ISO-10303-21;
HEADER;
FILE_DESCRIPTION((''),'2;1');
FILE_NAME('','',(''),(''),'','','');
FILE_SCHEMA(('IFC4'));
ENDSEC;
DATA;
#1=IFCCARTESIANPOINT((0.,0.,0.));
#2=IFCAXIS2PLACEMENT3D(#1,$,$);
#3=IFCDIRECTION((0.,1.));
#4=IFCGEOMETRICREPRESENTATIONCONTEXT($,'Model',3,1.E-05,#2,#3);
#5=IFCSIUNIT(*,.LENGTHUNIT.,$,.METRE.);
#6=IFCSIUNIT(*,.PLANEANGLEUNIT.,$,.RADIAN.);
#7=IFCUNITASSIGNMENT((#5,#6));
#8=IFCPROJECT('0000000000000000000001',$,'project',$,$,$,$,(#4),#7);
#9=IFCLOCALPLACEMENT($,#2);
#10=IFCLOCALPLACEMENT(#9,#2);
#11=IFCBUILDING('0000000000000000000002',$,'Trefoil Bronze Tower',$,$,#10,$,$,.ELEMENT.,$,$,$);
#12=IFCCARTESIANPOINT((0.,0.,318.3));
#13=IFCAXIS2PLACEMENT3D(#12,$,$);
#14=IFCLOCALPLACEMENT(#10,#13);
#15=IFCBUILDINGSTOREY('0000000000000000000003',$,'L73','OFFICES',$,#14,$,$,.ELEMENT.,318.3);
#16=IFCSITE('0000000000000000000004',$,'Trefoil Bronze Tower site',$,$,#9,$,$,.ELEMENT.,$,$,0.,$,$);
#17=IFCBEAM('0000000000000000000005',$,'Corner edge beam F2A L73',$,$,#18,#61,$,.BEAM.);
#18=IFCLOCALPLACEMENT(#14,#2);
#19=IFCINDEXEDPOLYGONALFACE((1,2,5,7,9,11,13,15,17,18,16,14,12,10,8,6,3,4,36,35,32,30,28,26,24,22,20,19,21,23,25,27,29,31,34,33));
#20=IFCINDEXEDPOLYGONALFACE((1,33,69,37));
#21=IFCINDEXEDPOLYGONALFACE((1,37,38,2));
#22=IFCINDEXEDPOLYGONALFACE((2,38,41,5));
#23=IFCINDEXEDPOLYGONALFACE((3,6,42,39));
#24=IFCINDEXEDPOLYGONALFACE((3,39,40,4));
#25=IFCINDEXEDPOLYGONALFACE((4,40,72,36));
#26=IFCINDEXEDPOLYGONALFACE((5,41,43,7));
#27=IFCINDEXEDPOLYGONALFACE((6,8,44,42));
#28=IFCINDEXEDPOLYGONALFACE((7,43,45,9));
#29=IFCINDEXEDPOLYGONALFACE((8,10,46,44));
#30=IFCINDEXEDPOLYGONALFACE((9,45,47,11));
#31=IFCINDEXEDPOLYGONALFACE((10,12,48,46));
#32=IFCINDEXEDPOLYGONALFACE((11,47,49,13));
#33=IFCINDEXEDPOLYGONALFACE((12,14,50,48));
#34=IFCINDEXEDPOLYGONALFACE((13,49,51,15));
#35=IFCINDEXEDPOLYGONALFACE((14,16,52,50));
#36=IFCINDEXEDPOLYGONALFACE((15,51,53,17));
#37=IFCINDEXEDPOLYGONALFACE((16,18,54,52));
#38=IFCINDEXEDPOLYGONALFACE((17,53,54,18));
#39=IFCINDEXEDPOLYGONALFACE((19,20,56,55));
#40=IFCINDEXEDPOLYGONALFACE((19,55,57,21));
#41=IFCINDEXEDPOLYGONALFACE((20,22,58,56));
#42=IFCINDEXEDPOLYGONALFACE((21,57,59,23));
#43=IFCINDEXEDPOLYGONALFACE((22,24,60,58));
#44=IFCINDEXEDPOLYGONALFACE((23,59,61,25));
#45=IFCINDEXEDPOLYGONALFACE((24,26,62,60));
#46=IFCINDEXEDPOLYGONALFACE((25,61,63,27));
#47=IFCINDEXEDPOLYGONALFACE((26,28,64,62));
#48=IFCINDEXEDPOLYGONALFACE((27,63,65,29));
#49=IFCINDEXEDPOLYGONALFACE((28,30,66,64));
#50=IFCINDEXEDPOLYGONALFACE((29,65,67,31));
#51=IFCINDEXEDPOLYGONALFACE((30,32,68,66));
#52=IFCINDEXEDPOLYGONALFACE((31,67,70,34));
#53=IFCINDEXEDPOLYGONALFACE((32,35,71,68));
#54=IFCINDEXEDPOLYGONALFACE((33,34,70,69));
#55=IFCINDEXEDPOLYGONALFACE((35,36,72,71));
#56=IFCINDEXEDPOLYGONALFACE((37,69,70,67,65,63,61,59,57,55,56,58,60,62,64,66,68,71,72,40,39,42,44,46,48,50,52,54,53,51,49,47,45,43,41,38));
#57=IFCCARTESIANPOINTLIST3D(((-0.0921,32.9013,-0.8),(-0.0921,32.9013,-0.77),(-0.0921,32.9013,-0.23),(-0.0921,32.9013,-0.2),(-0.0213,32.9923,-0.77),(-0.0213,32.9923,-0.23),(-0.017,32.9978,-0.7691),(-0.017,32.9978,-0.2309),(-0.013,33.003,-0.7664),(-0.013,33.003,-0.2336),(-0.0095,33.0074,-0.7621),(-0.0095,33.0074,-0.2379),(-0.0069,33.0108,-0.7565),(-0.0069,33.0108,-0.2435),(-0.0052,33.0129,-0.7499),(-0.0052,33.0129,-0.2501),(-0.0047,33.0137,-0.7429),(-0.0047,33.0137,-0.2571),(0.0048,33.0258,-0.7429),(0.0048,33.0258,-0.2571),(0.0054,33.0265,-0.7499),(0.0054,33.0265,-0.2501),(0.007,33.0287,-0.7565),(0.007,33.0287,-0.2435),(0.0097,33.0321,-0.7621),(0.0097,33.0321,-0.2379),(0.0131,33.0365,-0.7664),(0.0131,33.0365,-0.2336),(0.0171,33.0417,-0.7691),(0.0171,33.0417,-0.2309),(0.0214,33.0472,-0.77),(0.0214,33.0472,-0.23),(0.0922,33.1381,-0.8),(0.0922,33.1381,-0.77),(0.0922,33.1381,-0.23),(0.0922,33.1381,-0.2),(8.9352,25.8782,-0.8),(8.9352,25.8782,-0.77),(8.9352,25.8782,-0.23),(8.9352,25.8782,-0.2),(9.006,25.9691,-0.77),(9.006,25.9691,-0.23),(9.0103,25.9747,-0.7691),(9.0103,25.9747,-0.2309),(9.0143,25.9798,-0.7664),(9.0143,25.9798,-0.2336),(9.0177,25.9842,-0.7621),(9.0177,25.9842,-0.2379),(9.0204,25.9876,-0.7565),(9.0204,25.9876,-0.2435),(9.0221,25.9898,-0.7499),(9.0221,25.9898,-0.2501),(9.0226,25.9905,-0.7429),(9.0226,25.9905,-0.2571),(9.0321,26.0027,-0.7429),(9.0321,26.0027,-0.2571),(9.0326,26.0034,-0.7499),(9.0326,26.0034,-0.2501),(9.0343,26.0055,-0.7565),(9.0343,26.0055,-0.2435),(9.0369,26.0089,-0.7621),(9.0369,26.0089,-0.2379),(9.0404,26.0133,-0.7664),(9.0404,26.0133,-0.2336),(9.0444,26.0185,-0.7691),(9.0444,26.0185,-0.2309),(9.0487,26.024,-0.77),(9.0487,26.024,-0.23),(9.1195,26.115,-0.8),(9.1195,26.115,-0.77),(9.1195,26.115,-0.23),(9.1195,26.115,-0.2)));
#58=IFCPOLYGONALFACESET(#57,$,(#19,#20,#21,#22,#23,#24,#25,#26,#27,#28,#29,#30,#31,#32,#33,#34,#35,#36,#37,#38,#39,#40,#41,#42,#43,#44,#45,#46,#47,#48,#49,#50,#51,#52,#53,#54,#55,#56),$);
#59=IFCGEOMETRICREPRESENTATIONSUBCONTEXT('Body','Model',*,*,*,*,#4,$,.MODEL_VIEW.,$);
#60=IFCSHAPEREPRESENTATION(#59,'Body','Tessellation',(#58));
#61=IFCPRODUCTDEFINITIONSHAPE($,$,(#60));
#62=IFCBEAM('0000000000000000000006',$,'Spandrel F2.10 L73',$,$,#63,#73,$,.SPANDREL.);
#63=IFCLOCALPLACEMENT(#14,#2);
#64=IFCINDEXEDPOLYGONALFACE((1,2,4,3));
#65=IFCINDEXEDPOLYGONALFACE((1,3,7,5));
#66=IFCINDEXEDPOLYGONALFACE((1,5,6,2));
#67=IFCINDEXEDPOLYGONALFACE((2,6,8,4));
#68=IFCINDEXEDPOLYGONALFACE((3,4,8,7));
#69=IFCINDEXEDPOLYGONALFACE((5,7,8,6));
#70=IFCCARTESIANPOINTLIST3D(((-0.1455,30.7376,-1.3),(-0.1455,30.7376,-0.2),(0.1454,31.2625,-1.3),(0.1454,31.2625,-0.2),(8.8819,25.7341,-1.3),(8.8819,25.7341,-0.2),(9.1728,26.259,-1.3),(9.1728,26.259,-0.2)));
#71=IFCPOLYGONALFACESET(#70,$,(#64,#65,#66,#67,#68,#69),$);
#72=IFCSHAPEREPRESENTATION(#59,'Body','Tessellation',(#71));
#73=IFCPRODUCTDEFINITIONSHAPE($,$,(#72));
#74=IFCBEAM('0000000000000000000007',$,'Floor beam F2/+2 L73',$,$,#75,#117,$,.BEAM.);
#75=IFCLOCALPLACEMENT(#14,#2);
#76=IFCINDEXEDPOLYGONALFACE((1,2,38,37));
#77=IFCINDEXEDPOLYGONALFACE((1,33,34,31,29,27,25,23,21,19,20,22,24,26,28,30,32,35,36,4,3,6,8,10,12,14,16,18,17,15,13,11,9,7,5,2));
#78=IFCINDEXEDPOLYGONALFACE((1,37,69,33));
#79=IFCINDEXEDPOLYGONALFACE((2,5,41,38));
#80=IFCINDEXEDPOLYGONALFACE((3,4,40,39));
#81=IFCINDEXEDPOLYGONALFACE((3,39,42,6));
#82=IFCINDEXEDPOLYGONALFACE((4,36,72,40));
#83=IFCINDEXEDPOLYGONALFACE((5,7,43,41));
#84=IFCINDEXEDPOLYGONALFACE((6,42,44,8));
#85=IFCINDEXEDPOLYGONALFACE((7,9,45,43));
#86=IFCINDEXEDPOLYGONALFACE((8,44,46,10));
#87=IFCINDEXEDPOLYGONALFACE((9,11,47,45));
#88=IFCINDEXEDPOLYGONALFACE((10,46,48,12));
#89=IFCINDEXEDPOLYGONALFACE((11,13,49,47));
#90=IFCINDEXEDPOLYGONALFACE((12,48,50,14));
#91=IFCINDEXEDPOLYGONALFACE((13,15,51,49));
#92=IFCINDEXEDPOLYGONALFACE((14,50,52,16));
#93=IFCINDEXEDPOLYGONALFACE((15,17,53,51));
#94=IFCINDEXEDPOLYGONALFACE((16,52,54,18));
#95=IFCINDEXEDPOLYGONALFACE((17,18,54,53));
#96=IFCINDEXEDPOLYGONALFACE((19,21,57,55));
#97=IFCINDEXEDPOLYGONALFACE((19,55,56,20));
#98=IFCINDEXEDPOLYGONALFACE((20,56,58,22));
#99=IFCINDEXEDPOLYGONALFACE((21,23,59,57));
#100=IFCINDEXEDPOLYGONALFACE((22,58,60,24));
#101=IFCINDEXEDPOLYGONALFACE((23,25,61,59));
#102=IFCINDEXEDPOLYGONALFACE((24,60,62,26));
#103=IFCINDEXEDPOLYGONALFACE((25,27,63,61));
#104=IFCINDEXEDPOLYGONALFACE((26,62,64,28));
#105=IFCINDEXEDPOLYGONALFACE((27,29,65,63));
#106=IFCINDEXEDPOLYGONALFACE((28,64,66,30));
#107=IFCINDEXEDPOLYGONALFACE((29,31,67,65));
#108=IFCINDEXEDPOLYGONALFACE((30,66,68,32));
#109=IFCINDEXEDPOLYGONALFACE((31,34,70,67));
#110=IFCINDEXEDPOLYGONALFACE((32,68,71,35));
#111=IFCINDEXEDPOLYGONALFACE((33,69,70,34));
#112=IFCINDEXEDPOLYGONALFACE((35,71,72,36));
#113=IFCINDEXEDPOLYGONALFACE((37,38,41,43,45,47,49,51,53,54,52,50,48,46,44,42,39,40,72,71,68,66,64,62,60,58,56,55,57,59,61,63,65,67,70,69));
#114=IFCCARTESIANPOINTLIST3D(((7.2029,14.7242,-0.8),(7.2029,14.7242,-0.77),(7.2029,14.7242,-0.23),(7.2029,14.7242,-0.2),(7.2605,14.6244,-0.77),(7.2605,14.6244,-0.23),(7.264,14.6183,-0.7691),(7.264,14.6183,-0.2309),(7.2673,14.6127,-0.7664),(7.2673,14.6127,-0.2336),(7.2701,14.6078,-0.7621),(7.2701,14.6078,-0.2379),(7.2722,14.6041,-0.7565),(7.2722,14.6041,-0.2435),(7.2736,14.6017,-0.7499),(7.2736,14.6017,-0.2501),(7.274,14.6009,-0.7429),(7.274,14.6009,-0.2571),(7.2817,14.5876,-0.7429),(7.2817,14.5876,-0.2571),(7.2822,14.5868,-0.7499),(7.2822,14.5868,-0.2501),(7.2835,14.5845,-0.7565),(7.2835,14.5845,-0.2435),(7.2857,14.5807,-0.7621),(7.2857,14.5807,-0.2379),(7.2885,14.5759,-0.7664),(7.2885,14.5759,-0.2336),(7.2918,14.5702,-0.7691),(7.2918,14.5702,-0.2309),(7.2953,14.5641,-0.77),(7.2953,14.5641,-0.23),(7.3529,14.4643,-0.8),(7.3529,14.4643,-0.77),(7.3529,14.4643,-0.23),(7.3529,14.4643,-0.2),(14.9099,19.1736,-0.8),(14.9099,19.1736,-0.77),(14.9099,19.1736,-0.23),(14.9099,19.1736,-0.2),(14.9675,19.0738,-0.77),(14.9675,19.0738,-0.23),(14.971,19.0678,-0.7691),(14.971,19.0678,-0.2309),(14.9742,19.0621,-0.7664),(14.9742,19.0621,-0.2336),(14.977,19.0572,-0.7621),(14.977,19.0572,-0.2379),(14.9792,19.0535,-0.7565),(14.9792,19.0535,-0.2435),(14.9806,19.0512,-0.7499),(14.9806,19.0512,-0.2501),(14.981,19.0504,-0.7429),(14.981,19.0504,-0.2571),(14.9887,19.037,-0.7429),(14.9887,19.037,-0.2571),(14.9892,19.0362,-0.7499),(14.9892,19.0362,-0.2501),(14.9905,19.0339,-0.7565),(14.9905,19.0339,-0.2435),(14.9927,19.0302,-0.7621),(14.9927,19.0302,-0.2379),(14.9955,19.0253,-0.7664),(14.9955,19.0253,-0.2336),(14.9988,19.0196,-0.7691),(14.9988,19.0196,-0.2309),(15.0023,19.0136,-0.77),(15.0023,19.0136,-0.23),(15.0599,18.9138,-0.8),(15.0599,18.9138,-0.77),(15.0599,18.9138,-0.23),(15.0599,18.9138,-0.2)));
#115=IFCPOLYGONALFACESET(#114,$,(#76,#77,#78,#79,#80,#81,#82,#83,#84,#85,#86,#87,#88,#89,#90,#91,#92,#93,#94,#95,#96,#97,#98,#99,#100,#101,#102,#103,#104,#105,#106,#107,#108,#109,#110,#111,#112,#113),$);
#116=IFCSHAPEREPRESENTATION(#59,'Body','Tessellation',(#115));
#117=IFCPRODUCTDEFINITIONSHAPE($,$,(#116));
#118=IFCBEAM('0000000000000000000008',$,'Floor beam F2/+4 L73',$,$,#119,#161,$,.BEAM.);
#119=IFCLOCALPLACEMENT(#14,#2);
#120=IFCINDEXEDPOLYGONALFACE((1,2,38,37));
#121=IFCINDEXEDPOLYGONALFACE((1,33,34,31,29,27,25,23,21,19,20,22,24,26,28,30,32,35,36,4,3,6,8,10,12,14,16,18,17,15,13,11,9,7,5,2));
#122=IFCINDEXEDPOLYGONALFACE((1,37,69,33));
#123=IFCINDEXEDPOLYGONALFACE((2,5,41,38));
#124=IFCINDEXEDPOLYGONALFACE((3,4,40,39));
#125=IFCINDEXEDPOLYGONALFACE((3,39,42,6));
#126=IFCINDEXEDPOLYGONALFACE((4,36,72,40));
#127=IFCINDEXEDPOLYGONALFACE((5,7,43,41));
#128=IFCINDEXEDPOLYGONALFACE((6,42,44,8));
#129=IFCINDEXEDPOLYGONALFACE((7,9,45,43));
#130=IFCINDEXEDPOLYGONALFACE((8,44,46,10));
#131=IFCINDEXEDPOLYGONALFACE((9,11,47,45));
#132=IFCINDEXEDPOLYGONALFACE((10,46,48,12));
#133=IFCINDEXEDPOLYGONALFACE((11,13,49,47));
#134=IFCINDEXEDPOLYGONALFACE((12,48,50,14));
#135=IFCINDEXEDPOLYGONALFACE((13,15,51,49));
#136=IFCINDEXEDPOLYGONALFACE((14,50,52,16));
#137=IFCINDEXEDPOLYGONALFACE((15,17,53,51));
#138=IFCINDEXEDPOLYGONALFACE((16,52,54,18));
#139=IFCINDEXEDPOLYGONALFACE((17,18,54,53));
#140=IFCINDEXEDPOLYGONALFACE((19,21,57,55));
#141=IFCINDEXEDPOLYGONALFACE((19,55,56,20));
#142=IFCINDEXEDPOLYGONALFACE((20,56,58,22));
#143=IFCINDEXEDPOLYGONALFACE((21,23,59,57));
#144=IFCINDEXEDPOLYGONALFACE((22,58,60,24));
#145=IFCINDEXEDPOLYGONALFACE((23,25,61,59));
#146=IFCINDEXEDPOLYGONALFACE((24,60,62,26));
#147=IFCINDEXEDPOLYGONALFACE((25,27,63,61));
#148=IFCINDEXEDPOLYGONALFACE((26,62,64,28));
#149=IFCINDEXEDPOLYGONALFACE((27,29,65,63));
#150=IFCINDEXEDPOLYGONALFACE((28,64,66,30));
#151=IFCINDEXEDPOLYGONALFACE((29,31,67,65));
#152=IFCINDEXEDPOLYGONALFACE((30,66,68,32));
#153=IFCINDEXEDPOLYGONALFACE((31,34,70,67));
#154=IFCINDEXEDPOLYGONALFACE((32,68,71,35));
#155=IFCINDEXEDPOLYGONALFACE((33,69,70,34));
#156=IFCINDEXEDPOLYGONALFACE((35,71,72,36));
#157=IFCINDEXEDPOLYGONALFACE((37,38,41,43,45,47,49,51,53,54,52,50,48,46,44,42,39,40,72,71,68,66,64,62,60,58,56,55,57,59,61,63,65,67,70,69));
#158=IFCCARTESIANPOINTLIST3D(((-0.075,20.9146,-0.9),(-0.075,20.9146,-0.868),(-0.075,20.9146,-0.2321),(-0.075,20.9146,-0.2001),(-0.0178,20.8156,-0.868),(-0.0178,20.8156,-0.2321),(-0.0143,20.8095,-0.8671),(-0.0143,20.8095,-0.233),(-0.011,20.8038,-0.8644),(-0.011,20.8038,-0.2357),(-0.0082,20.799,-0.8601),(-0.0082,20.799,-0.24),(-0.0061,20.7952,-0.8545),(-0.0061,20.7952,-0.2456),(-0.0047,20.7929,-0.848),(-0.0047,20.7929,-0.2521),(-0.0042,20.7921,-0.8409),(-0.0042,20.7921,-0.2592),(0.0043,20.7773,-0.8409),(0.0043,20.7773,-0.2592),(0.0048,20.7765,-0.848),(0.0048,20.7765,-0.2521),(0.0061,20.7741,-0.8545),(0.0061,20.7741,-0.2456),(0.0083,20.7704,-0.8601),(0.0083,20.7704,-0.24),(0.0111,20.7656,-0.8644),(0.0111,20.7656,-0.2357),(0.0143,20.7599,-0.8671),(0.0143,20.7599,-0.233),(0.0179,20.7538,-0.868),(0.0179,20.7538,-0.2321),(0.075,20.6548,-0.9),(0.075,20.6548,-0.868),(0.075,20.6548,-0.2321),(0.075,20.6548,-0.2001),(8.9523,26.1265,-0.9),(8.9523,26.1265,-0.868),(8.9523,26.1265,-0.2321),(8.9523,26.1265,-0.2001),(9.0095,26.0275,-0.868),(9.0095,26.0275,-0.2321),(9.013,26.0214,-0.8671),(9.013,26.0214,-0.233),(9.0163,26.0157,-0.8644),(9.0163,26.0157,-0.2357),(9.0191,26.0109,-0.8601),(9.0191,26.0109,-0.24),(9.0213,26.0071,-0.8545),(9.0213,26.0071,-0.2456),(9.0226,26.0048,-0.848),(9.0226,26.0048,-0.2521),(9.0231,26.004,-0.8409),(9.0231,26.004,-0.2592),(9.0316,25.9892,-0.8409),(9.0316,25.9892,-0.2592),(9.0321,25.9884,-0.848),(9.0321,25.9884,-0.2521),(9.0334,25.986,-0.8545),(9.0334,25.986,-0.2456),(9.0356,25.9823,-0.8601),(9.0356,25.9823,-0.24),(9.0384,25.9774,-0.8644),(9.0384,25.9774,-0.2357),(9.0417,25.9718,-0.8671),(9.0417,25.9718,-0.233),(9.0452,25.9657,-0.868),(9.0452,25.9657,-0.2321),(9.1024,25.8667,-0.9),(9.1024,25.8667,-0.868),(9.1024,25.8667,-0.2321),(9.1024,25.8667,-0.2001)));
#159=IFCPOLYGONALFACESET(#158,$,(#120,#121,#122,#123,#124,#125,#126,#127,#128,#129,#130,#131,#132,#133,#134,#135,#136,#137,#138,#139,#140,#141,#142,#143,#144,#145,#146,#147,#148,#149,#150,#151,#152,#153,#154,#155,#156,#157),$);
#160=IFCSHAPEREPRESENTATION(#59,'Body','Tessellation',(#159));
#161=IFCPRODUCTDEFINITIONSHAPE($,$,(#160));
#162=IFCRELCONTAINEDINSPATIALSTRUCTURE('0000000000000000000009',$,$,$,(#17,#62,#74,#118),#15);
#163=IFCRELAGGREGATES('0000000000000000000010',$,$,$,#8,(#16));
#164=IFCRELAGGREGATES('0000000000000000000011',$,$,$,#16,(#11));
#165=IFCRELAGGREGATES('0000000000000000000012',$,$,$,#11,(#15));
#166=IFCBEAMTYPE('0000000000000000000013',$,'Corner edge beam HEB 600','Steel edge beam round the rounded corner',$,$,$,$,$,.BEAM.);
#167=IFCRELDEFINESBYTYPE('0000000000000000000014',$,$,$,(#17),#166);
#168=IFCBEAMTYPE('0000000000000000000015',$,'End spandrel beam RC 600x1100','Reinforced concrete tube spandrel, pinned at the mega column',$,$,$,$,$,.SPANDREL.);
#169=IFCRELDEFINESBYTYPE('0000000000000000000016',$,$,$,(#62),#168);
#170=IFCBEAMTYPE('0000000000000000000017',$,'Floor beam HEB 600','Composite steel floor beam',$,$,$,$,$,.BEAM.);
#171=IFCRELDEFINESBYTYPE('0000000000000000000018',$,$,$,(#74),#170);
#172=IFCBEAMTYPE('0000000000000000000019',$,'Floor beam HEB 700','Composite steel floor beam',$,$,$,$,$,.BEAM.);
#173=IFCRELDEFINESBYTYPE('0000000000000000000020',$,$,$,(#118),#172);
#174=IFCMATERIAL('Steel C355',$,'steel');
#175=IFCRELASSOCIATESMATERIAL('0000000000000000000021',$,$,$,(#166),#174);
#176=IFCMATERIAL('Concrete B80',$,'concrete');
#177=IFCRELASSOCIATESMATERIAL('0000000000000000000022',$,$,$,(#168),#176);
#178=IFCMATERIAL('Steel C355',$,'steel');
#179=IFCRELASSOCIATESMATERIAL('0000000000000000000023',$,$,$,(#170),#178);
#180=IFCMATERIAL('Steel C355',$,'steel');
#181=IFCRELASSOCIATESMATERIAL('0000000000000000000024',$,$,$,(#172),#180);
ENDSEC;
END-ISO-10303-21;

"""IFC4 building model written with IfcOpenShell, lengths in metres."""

from ifc_helpers import new_model, si_unit, direction, frame, origin, origin_2d, place, context, subcontext, project, spatial, rectangle, i_section, extrude, material, material_profile, profile_set, type_object, element, save


model = new_model("IFC4")

# Units and contexts
model_context = context("Model", 3, precision=1e-05, world=origin(), true_north=direction((0.0, 1.0)))
body_context = subcontext(model_context, "Body", "Model", "MODEL_VIEW")
ifc_project = project(units=[si_unit("LENGTHUNIT", "METRE"), si_unit("PLANEANGLEUNIT", "RADIAN")], contexts=[model_context])

# Site, building, storey
site_placement = place(None, origin())
site = spatial("IfcSite", under=ifc_project, at=site_placement, Name="Trefoil Bronze Tower site", CompositionType="ELEMENT", RefElevation=0.0)
building_placement = place(site_placement, origin())
building = spatial("IfcBuilding", under=site, at=building_placement, Name="Trefoil Bronze Tower", CompositionType="ELEMENT")
storey_placement = place(building_placement, frame((0.0, 0.0, 318.3)))
storey = spatial("IfcBuildingStorey", under=building, at=storey_placement, Name="L73", Description="OFFICES", CompositionType="ELEMENT", Elevation=318.3)

# Beams
ifc_material_1 = material(Name="Steel C355", Category="steel")
ifc_material_profile_1 = material_profile(ifc_material_1, i_section(OverallWidth=0.3, OverallDepth=0.6001, WebThickness=0.0154, FlangeThickness=0.03, FilletRadius=0.0271, at=origin_2d()), Name="HEB 600")
ifc_profile_set_1 = profile_set([ifc_material_profile_1], Name="Steel C355")
beam_type_1 = type_object("IfcBeamType", Name="Corner edge beam HEB 600", Description="Steel edge beam round the rounded corner", PredefinedType="BEAM", material=ifc_profile_set_1)
beam_1_placement = place(storey_placement, frame((9.0273, 25.9966, -0.5), z_axis=(-0.789271, 0.614046, 0.0), x_axis=(-0.614046, -0.789271, 0.0)))
element("IfcBeam", 1, at=beam_1_placement, inside=storey, type_object=beam_type_1, Name="Corner edge beam F2A L73", PredefinedType="BEAM", context=body_context, shape_type="SweptSolid", body=[
    extrude(i_section(OverallWidth=0.3, OverallDepth=0.6001, WebThickness=0.0154, FlangeThickness=0.03, FilletRadius=0.0271, at=origin_2d()), origin(), (0.0, 0.0, 1.0), 11.4375),
])
ifc_material_2 = material(Name="Concrete B80", Category="concrete")
ifc_material_profile_2 = material_profile(ifc_material_2, rectangle(XDim=0.6001, YDim=1.1001, at=origin_2d()), Name="RC 600x1100")
ifc_profile_set_2 = profile_set([ifc_material_profile_2], Name="Concrete B80")
beam_type_2 = type_object("IfcBeamType", Name="End spandrel beam RC 600x1100", Description="Reinforced concrete tube spandrel, pinned at the mega column", PredefinedType="SPANDREL", material=ifc_profile_set_2)
beam_2_placement = place(storey_placement, frame((9.0273, 25.9966, -0.75), z_axis=(-0.874641, 0.484771, 0.0), x_axis=(-0.484771, -0.874641, 0.0)))
element("IfcBeam", 2, at=beam_2_placement, inside=storey, type_object=beam_type_2, Name="Spandrel F2.10 L73", PredefinedType="SPANDREL", context=body_context, shape_type="SweptSolid", body=[
    extrude(rectangle(XDim=0.6001, YDim=1.1001, at=origin_2d()), origin(), (0.0, 0.0, 1.0), 10.3213),
])
ifc_material_3 = material(Name="Steel C355", Category="steel")
ifc_material_profile_3 = material_profile(ifc_material_3, i_section(OverallWidth=0.3, OverallDepth=0.6001, WebThickness=0.0154, FlangeThickness=0.03, FilletRadius=0.0271, at=origin_2d()), Name="HEB 600")
ifc_profile_set_3 = profile_set([ifc_material_profile_3], Name="Steel C355")
beam_type_3 = type_object("IfcBeamType", Name="Floor beam HEB 600", Description="Composite steel floor beam", PredefinedType="BEAM", material=ifc_profile_set_3)
beam_3_placement = place(storey_placement, frame((14.9849, 19.0437, -0.5), z_axis=(-0.866035, -0.499984, 0.0), x_axis=(0.499984, -0.866035, 0.0)))
element("IfcBeam", 3, at=beam_3_placement, inside=storey, type_object=beam_type_3, Name="Floor beam F2/+2 L73", PredefinedType="BEAM", context=body_context, shape_type="SweptSolid", body=[
    extrude(i_section(OverallWidth=0.3, OverallDepth=0.6001, WebThickness=0.0154, FlangeThickness=0.03, FilletRadius=0.0271, at=origin_2d()), origin(), (0.0, 0.0, 1.0), 8.8992),
])
ifc_material_4 = material(Name="Steel C355", Category="steel")
ifc_material_profile_4 = material_profile(ifc_material_4, i_section(OverallWidth=0.3, OverallDepth=0.7, WebThickness=0.0171, FlangeThickness=0.032, FilletRadius=0.0271, at=origin_2d()), Name="HEB 700")
ifc_profile_set_4 = profile_set([ifc_material_profile_4], Name="Steel C355")
beam_type_4 = type_object("IfcBeamType", Name="Floor beam HEB 700", Description="Composite steel floor beam", PredefinedType="BEAM", material=ifc_profile_set_4)
beam_4_placement = place(storey_placement, frame((9.0273, 25.9966, -0.55), z_axis=(-0.866026, -0.499998, 0.0), x_axis=(0.499998, -0.866026, 0.0)))
element("IfcBeam", 4, at=beam_4_placement, inside=storey, type_object=beam_type_4, Name="Floor beam F2/+4 L73", PredefinedType="BEAM", context=body_context, shape_type="SweptSolid", body=[
    extrude(i_section(OverallWidth=0.3, OverallDepth=0.7, WebThickness=0.0171, FlangeThickness=0.032, FilletRadius=0.0271, at=origin_2d()), origin(), (0.0, 0.0, 1.0), 10.4238),
])

save(model, "model.ifc")
